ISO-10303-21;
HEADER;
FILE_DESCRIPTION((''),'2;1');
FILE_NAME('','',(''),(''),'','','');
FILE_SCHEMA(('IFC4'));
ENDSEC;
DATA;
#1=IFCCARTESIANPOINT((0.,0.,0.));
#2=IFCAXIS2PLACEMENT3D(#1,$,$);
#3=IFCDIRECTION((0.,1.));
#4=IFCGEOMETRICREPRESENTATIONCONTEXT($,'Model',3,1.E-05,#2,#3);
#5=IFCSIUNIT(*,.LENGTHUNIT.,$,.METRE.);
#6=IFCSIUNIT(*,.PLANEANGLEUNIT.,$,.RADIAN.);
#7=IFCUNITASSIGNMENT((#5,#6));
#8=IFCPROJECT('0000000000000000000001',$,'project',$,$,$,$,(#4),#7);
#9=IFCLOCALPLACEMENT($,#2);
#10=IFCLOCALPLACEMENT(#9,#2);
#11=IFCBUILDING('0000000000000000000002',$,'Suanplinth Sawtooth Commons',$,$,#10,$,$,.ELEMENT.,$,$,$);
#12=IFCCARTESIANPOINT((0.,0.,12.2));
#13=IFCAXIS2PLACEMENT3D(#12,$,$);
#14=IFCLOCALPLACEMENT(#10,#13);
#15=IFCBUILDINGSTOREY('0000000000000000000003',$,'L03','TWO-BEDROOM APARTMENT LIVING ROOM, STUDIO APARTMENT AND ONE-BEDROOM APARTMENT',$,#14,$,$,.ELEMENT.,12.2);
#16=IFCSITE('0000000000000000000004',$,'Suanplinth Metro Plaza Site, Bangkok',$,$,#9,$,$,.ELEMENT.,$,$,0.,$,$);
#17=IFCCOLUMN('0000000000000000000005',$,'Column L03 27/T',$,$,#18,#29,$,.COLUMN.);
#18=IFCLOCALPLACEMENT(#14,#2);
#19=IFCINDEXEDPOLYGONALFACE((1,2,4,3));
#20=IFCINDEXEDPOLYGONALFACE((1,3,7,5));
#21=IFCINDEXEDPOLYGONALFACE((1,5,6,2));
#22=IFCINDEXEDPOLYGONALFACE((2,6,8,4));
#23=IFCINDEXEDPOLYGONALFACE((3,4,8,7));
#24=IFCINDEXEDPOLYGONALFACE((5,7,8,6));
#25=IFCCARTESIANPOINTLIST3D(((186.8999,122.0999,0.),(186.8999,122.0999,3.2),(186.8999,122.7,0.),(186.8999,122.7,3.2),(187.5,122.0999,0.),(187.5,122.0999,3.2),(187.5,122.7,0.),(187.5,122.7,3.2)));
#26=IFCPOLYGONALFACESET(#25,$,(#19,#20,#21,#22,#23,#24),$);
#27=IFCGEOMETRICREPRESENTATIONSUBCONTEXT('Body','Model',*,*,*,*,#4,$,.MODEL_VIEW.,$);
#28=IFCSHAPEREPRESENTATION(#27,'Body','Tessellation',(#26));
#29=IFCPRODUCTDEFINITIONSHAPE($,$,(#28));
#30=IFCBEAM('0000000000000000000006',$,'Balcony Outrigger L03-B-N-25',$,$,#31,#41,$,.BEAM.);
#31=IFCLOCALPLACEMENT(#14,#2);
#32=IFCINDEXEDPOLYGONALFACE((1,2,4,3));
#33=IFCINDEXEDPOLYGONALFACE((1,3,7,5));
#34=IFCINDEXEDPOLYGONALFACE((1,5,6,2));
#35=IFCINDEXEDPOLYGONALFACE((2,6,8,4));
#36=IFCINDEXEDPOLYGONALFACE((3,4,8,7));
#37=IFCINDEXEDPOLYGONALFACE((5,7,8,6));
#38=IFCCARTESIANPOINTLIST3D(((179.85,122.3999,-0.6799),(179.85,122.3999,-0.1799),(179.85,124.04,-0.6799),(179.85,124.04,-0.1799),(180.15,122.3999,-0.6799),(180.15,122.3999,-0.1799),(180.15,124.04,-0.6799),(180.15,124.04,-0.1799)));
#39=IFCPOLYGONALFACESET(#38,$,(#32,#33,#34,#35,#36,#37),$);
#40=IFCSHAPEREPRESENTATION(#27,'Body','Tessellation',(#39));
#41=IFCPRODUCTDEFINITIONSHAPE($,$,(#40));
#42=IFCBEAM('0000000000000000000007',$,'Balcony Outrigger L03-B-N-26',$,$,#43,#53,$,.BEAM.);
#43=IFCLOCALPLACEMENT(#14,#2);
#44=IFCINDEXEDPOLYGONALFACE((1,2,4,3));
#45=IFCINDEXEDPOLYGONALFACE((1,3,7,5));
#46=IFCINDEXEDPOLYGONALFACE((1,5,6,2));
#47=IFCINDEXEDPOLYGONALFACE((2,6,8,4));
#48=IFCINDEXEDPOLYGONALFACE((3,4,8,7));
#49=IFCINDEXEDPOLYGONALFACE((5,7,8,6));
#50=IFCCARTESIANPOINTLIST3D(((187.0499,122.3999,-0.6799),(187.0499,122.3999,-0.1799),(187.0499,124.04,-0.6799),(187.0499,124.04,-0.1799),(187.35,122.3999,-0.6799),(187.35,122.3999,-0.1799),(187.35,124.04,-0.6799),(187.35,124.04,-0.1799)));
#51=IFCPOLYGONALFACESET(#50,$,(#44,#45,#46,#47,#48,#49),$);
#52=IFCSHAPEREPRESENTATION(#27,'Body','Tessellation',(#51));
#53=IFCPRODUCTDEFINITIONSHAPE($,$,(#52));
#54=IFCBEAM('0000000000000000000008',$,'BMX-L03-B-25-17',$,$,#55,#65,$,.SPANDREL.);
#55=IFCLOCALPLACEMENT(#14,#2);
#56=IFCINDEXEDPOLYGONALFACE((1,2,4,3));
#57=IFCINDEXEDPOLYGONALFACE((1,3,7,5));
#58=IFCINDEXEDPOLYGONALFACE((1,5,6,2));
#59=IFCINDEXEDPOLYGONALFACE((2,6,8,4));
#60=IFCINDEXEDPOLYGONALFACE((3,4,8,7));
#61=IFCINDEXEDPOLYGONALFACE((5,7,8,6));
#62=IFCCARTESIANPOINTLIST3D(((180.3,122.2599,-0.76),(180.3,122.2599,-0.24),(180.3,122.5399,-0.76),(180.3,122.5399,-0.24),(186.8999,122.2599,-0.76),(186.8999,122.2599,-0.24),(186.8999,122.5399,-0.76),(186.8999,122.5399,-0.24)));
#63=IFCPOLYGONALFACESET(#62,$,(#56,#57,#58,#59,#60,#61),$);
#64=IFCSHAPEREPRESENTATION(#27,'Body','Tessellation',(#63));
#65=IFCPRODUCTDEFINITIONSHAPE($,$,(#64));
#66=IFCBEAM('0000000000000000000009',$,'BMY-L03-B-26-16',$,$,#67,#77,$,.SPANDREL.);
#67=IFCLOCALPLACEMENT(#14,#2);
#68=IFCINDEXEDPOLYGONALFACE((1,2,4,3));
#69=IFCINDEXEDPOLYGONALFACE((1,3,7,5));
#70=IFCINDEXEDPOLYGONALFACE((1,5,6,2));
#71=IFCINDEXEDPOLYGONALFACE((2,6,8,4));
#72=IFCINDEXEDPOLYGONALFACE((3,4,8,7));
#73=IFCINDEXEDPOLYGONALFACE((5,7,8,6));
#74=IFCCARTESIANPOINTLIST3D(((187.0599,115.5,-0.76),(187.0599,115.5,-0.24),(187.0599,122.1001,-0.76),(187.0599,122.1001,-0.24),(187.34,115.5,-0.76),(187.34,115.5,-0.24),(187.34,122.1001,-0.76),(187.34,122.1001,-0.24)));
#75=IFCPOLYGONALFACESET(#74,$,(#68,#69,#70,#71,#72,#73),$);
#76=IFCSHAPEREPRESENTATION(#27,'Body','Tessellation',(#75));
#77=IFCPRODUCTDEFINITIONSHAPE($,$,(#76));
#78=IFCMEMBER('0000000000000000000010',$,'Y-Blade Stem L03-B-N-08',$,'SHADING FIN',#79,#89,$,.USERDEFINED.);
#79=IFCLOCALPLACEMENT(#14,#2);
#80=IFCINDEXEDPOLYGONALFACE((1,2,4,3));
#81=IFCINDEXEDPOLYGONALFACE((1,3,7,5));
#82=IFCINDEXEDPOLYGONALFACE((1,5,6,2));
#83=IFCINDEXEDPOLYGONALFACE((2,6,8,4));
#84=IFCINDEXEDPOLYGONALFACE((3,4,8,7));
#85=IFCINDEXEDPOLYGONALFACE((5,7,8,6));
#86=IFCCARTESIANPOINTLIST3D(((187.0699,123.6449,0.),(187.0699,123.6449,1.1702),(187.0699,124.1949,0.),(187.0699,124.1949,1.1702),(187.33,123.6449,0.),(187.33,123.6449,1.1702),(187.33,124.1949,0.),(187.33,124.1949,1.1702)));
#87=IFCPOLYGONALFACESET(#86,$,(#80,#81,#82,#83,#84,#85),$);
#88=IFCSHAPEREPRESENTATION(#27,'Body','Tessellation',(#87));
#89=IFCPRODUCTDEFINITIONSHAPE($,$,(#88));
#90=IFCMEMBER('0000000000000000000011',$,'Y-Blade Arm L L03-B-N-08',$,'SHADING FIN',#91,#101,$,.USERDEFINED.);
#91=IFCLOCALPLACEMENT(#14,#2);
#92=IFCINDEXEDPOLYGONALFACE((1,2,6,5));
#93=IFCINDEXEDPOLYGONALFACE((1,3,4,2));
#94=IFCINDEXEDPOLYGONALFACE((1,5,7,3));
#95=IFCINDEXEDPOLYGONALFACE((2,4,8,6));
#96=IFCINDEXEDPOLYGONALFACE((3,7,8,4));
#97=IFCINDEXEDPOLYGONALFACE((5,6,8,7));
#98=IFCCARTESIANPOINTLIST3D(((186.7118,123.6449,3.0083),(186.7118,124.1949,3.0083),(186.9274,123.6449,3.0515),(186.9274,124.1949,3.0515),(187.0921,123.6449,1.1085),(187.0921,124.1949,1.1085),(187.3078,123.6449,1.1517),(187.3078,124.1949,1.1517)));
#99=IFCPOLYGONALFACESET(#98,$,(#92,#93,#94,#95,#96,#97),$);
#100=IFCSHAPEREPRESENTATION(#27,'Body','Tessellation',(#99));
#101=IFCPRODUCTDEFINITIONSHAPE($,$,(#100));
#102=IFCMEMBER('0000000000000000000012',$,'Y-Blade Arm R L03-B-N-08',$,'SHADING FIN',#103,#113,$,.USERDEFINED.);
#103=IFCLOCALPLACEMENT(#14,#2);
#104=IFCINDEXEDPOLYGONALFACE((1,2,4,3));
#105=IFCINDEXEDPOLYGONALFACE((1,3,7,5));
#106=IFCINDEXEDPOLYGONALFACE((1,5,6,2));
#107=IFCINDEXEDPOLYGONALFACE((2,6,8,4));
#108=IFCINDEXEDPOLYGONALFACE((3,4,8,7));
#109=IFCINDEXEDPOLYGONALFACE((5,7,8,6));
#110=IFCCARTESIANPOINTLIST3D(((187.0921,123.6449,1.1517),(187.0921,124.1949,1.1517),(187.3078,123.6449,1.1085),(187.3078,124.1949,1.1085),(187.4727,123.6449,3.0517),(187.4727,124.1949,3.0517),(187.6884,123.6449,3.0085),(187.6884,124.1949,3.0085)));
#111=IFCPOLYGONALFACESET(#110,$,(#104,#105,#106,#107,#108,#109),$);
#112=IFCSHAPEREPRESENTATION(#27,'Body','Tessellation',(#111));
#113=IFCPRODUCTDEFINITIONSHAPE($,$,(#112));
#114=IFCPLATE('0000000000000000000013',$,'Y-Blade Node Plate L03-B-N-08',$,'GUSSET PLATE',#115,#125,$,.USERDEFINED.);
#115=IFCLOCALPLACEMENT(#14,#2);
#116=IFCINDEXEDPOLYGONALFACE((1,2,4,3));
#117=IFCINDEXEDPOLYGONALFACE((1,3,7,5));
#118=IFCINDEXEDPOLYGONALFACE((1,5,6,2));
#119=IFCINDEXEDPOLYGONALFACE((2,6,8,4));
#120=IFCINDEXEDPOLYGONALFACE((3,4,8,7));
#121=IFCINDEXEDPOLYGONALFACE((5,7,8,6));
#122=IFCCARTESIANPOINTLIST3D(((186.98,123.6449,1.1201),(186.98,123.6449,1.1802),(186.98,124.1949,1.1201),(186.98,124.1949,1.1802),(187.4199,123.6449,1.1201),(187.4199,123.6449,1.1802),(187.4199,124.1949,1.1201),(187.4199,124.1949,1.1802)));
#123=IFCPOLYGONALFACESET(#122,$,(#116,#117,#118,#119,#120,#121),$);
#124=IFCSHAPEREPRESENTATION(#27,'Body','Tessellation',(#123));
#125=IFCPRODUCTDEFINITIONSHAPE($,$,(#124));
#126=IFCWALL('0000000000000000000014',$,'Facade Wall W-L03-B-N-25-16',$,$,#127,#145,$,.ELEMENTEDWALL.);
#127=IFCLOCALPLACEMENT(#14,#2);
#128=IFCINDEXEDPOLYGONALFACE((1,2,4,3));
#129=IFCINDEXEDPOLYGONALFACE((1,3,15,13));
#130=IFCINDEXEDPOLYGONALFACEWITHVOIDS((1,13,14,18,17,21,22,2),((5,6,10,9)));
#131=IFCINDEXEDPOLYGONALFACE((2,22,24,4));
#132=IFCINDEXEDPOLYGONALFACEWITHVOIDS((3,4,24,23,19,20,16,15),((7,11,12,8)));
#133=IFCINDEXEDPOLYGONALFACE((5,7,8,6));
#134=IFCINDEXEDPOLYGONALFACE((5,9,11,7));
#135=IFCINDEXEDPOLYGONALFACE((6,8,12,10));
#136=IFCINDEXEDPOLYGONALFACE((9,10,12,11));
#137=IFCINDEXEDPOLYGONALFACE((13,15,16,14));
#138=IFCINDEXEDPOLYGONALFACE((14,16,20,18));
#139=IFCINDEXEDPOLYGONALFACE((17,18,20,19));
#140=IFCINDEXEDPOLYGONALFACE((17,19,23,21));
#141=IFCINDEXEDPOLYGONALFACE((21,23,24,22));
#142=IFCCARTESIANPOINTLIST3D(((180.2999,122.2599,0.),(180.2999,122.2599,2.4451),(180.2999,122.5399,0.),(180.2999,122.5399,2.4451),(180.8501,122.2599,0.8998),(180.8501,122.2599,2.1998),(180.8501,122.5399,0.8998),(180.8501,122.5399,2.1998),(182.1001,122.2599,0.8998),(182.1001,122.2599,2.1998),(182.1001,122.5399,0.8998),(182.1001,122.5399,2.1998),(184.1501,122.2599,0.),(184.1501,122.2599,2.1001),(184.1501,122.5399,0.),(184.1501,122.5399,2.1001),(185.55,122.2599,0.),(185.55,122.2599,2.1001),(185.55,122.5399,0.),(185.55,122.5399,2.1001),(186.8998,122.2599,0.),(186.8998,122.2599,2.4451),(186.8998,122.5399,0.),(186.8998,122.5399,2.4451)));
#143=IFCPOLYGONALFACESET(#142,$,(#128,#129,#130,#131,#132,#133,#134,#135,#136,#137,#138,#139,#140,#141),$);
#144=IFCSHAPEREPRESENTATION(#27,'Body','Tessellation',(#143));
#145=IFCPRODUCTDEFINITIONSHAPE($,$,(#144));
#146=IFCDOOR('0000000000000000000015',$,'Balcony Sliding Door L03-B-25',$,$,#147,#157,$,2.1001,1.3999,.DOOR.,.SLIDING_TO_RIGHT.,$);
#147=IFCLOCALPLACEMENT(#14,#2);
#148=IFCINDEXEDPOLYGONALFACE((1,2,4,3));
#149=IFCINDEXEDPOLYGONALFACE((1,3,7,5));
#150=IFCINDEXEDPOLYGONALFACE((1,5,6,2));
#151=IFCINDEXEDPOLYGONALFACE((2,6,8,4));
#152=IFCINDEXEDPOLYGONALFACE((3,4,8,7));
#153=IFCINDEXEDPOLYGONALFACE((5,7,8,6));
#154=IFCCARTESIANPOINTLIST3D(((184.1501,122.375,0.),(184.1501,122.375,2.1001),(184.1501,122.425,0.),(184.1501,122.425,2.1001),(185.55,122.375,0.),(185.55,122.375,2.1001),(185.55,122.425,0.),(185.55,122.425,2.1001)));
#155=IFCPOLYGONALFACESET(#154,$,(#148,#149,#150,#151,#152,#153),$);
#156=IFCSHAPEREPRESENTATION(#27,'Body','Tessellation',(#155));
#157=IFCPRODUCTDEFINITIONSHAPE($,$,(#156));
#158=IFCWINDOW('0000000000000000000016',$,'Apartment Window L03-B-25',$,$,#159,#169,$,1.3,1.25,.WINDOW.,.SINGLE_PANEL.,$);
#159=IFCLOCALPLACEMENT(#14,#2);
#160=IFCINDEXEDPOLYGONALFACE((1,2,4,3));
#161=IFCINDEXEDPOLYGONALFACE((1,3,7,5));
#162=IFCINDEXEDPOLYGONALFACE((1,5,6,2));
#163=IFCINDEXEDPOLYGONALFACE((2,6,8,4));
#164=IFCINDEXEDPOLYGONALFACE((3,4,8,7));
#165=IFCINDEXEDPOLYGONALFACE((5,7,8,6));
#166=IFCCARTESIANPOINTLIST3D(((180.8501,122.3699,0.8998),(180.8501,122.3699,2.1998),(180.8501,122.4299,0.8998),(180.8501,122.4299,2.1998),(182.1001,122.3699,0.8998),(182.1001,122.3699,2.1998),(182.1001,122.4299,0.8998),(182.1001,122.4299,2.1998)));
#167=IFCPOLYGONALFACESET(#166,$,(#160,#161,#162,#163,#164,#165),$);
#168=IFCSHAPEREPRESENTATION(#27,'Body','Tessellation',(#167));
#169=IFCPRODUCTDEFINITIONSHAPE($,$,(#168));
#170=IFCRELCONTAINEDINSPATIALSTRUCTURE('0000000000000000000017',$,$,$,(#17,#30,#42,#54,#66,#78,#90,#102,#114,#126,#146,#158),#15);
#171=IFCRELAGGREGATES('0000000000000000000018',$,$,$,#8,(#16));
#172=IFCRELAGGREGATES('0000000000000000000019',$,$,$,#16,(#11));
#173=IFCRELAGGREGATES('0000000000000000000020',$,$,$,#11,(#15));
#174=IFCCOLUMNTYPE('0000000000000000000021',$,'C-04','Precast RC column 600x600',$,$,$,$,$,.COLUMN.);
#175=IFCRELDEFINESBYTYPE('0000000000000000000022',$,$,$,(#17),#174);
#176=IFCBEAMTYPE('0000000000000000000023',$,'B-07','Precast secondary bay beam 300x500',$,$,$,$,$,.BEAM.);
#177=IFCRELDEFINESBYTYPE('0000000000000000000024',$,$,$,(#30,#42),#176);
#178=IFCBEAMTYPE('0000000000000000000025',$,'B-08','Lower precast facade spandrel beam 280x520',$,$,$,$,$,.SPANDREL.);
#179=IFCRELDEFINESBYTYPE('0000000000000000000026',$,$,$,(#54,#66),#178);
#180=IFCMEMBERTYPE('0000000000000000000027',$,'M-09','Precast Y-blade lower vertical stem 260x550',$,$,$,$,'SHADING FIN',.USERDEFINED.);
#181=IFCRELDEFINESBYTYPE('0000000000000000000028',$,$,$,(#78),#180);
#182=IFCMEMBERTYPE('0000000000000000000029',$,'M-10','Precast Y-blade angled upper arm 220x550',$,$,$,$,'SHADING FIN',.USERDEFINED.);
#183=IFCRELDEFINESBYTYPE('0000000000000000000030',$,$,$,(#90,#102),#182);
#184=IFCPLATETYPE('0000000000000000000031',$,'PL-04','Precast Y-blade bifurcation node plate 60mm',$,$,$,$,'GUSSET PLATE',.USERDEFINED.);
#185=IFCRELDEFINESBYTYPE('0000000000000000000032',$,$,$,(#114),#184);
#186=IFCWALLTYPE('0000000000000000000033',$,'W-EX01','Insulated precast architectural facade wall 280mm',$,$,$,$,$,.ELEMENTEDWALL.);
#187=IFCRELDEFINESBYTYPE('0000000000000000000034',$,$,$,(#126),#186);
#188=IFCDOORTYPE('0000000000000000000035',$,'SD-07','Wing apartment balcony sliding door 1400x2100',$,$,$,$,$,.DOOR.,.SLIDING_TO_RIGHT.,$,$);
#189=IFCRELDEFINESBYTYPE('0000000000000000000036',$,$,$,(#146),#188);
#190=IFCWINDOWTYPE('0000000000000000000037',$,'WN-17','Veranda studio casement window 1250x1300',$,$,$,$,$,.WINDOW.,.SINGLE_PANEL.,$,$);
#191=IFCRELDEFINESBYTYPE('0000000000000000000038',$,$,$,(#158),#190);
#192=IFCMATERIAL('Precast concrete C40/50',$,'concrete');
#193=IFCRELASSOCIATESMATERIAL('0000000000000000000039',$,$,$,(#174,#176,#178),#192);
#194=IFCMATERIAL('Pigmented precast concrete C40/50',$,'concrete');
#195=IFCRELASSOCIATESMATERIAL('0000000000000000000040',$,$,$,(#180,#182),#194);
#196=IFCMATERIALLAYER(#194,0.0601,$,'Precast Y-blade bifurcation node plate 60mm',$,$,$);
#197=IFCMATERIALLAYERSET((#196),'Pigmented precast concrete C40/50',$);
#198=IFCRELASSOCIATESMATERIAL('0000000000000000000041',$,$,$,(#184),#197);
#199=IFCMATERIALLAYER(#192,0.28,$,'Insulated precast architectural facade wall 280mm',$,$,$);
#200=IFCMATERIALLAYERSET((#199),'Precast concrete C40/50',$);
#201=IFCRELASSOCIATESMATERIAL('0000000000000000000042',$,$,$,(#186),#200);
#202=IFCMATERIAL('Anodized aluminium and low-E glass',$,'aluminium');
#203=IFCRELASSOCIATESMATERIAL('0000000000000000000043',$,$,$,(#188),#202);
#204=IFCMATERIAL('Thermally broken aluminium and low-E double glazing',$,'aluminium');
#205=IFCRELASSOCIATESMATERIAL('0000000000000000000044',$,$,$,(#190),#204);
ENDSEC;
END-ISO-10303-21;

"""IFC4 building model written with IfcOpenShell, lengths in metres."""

from ifc_helpers import new_model, si_unit, direction, frame, frame_2d, origin, origin_2d, place, context, subcontext, project, spatial, rectangle, extrude, material, layer, layer_set, material_profile, profile_set, type_object, element, fill, save


model = new_model("IFC4")

# Units and contexts
model_context = context("Model", 3, precision=1e-05, world=origin(), true_north=direction((0.0, 1.0)))
body_context = subcontext(model_context, "Body", "Model", "MODEL_VIEW")
ifc_project = project(units=[si_unit("LENGTHUNIT", "METRE"), si_unit("PLANEANGLEUNIT", "RADIAN")], contexts=[model_context])

# Site, building, storey
site_placement = place(None, origin())
site = spatial("IfcSite", under=ifc_project, at=site_placement, Name="Suanplinth Metro Plaza Site, Bangkok", CompositionType="ELEMENT", RefElevation=0.0)
building_placement = place(site_placement, origin())
building = spatial("IfcBuilding", under=site, at=building_placement, Name="Suanplinth Sawtooth Commons", CompositionType="ELEMENT")
storey_placement = place(building_placement, frame((0.0, 0.0, 12.2)))
storey = spatial("IfcBuildingStorey", under=building, at=storey_placement, Name="L03", Description="TWO-BEDROOM APARTMENT LIVING ROOM, STUDIO APARTMENT AND ONE-BEDROOM APARTMENT", CompositionType="ELEMENT", Elevation=12.2)

# Column
ifc_material_1 = material(Name="Precast concrete C40/50", Category="concrete")
ifc_material_profile_1 = material_profile(ifc_material_1, rectangle(XDim=0.6001, YDim=0.6001, at=origin_2d()), Name="PC-COL 600x600")
ifc_profile_set_1 = profile_set([ifc_material_profile_1], Name="Precast concrete C40/50")
column_type = type_object("IfcColumnType", Name="C-04", Description="Precast RC column 600x600", PredefinedType="COLUMN", material=ifc_profile_set_1)
column_placement = place(storey_placement, frame((187.2, 122.3999, 0.0), z_axis=(0.0, 0.0, 1.0), x_axis=(1.0, 0.0, 0.0)))
element("IfcColumn", 1, at=column_placement, inside=storey, type_object=column_type, Name="Column L03 27/T", PredefinedType="COLUMN", context=body_context, shape_type="SweptSolid", body=[
    extrude(rectangle(XDim=0.6001, YDim=0.6001, at=origin_2d()), origin(), (0.0, 0.0, 1.0), 3.2),
])

# Beams
ifc_material_profile_2 = material_profile(ifc_material_1, rectangle(XDim=0.3, YDim=0.5, at=origin_2d()), Name="PC-BM 300x500")
ifc_profile_set_2 = profile_set([ifc_material_profile_2], Name="Precast concrete C40/50")
beam_type_1 = type_object("IfcBeamType", Name="B-07", Description="Precast secondary bay beam 300x500", PredefinedType="BEAM", material=ifc_profile_set_2)
for number, where, z_axis, x_axis, name in (
    (2, (180.0, 122.3999, -0.4299), (0.0, 1.0, 0.0), (-1.0, 0.0, 0.0), "Balcony Outrigger L03-B-N-25"),
    (3, (187.2, 122.3999, -0.4299), (0.0, 1.0, 0.0), (-1.0, 0.0, 0.0), "Balcony Outrigger L03-B-N-26"),
):
    element("IfcBeam", number, at=place(storey_placement, frame(where, z_axis=z_axis, x_axis=x_axis)), inside=storey, type_object=beam_type_1, Name=name, PredefinedType="BEAM", context=body_context, shape_type="SweptSolid", body=[
        extrude(rectangle(XDim=0.3, YDim=0.5, at=origin_2d()), origin(), (0.0, 0.0, 1.0), 1.6401),
    ])
ifc_material_profile_3 = material_profile(ifc_material_1, rectangle(XDim=0.28, YDim=0.52, at=origin_2d()), Name="PC-SP 280x520")
ifc_profile_set_3 = profile_set([ifc_material_profile_3], Name="Precast concrete C40/50")
beam_type_2 = type_object("IfcBeamType", Name="B-08", Description="Lower precast facade spandrel beam 280x520", PredefinedType="SPANDREL", material=ifc_profile_set_3)
beam_1_placement = place(storey_placement, frame((180.3, 122.3999, -0.5), z_axis=(1.0, 0.0, 0.0), x_axis=(0.0, 1.0, 0.0)))
element("IfcBeam", 4, at=beam_1_placement, inside=storey, type_object=beam_type_2, Name="BMX-L03-B-25-17", PredefinedType="SPANDREL", context=body_context, shape_type="SweptSolid", body=[
    extrude(rectangle(XDim=0.28, YDim=0.52, at=origin_2d()), origin(), (0.0, 0.0, 1.0), 6.5999),
])
beam_2_placement = place(storey_placement, frame((187.2, 115.5, -0.5), z_axis=(0.0, 1.0, 0.0), x_axis=(-1.0, 0.0, 0.0)))
element("IfcBeam", 5, at=beam_2_placement, inside=storey, type_object=beam_type_2, Name="BMY-L03-B-26-16", PredefinedType="SPANDREL", context=body_context, shape_type="SweptSolid", body=[
    extrude(rectangle(XDim=0.28, YDim=0.52, at=origin_2d()), origin(), (0.0, 0.0, 1.0), 6.6001),
])

# Members
ifc_material_2 = material(Name="Pigmented precast concrete C40/50", Category="concrete")
ifc_material_profile_4 = material_profile(ifc_material_2, rectangle(XDim=0.26, YDim=0.55, at=origin_2d()), Name="PC-FIN 260x550")
ifc_profile_set_4 = profile_set([ifc_material_profile_4], Name="Pigmented precast concrete C40/50")
member_type_1 = type_object("IfcMemberType", Name="M-09", Description="Precast Y-blade lower vertical stem 260x550", ElementType="SHADING FIN", PredefinedType="USERDEFINED", material=ifc_profile_set_4)
member_1_placement = place(storey_placement, frame((187.2, 123.9199, 0.0), z_axis=(0.0, 0.0, 1.0), x_axis=(1.0, 0.0, 0.0)))
element("IfcMember", 6, at=member_1_placement, inside=storey, type_object=member_type_1, Name="Y-Blade Stem L03-B-N-08", ObjectType="SHADING FIN", PredefinedType="USERDEFINED", context=body_context, shape_type="SweptSolid", body=[
    extrude(rectangle(XDim=0.26, YDim=0.55, at=origin_2d()), origin(), (0.0, 0.0, 1.0), 1.1702),
])
ifc_material_profile_5 = material_profile(ifc_material_2, rectangle(XDim=0.22, YDim=0.55, at=origin_2d()), Name="PC-FIN 220x550")
ifc_profile_set_5 = profile_set([ifc_material_profile_5], Name="Pigmented precast concrete C40/50")
member_type_2 = type_object("IfcMemberType", Name="M-10", Description="Precast Y-blade angled upper arm 220x550", ElementType="SHADING FIN", PredefinedType="USERDEFINED", material=ifc_profile_set_5)
member_2_placement = place(storey_placement, frame((187.2, 123.9199, 1.1301), z_axis=(-0.19631, 0.0, 0.980542), x_axis=(0.980542, 0.0, 0.19631)))
element("IfcMember", 7, at=member_2_placement, inside=storey, type_object=member_type_2, Name="Y-Blade Arm L L03-B-N-08", ObjectType="SHADING FIN", PredefinedType="USERDEFINED", context=body_context, shape_type="SweptSolid", body=[
    extrude(rectangle(XDim=0.22, YDim=0.55, at=origin_2d()), origin(), (0.0, 0.0, 1.0), 1.9375),
])
member_3_placement = place(storey_placement, frame((187.2, 123.9199, 1.1301), z_axis=(0.196431, 0.0, 0.980518), x_axis=(-0.980518, 0.0, 0.196431)))
element("IfcMember", 8, at=member_3_placement, inside=storey, type_object=member_type_2, Name="Y-Blade Arm R L03-B-N-08", ObjectType="SHADING FIN", PredefinedType="USERDEFINED", context=body_context, shape_type="SweptSolid", body=[
    extrude(rectangle(XDim=0.22, YDim=0.55, at=origin_2d()), origin(), (0.0, 0.0, 1.0), 1.9377),
])

# Plate
ifc_layer_1 = layer(ifc_material_2, 0.0601, Name="Precast Y-blade bifurcation node plate 60mm")
ifc_layer_set_1 = layer_set([ifc_layer_1], Name="Pigmented precast concrete C40/50")
plate_type = type_object("IfcPlateType", Name="PL-04", Description="Precast Y-blade bifurcation node plate 60mm", ElementType="GUSSET PLATE", PredefinedType="USERDEFINED", material=ifc_layer_set_1)
plate_placement = place(storey_placement, frame((187.2, 123.9199, 1.1201), z_axis=(0.0, 0.0, 1.0), x_axis=(1.0, 0.0, 0.0)))
element("IfcPlate", 9, at=plate_placement, inside=storey, type_object=plate_type, Name="Y-Blade Node Plate L03-B-N-08", ObjectType="GUSSET PLATE", PredefinedType="USERDEFINED", context=body_context, shape_type="SweptSolid", body=[
    extrude(rectangle(XDim=0.4399, YDim=0.55, at=origin_2d()), origin(), (0.0, 0.0, 1.0), 0.0601),
])

# Wall, openings, door, window
ifc_layer_2 = layer(ifc_material_1, 0.28, Name="Insulated precast architectural facade wall 280mm")
ifc_layer_set_2 = layer_set([ifc_layer_2], Name="Precast concrete C40/50")
wall_type_1 = type_object("IfcWallType", Name="W-EX01", Description="Insulated precast architectural facade wall 280mm", PredefinedType="ELEMENTEDWALL", material=ifc_layer_set_2)
wall_1_placement = place(storey_placement, frame((180.3, 122.3999, 0.0), z_axis=(0.0, 0.0, 1.0), x_axis=(1.0, 0.0, 0.0)))
wall_1 = element("IfcWall", 10, at=wall_1_placement, inside=storey, type_object=wall_type_1, Name="Facade Wall W-L03-B-N-25-16", PredefinedType="ELEMENTEDWALL", context=body_context, shape_type="SweptSolid", body=[
    extrude(rectangle(XDim=6.5999, YDim=0.28, at=frame_2d((3.2998, 0.0))), origin(), (0.0, 0.0, 1.0), 2.4451),
])
opening_1_placement = place(wall_1_placement, frame((3.8501, 0.0, 0.0)))
opening_1 = element("IfcOpeningElement", 11, at=opening_1_placement, cuts=wall_1, PredefinedType="OPENING", context=body_context, shape_type="SweptSolid", body=[
    extrude(rectangle(XDim=1.3999, YDim=2.1001, at=frame_2d((0.7, 1.05))), frame((0.0, 0.1548, 0.0), z_axis=(0.0, -1.0, 0.0), x_axis=(1.0, 0.0, 0.0)), (0.0, 0.0, 1.0), 0.3098),
])
opening_2_placement = place(wall_1_placement, frame((0.55, 0.0, 0.8999)))
opening_2 = element("IfcOpeningElement", 12, at=opening_2_placement, cuts=wall_1, PredefinedType="OPENING", context=body_context, shape_type="SweptSolid", body=[
    extrude(rectangle(XDim=1.25, YDim=1.3, at=frame_2d((0.625, 0.6499))), frame((0.0, 0.1548, 0.0), z_axis=(0.0, -1.0, 0.0), x_axis=(1.0, 0.0, 0.0)), (0.0, 0.0, 1.0), 0.3098),
])
ifc_material_3 = material(Name="Anodized aluminium and low-E glass", Category="aluminium")
door_type_1 = type_object("IfcDoorType", Name="SD-07", Description="Wing apartment balcony sliding door 1400x2100", OperationType="SLIDING_TO_RIGHT", PredefinedType="DOOR", material=ifc_material_3)
door_1_placement = place(opening_1_placement, frame((1.3999, 0.0, 0.0), z_axis=(0.0, 0.0, 1.0), x_axis=(-1.0, 0.0, 0.0)))
door_1 = element("IfcDoor", 13, at=door_1_placement, inside=storey, type_object=door_type_1, Name="Balcony Sliding Door L03-B-25", OperationType="SLIDING_TO_RIGHT", OverallHeight=2.1001, OverallWidth=1.3999, PredefinedType="DOOR", context=body_context, shape_type="SweptSolid", body=[
    extrude(rectangle(XDim=1.3999, YDim=2.1001, at=frame_2d((0.7, 1.05))), frame((0.0, 0.0249, 0.0), z_axis=(0.0, -1.0, 0.0), x_axis=(1.0, 0.0, 0.0)), (0.0, 0.0, 1.0), 0.05),
])
fill(opening_1, door_1)
ifc_material_4 = material(Name="Thermally broken aluminium and low-E double glazing", Category="aluminium")
window_type_1 = type_object("IfcWindowType", Name="WN-17", Description="Veranda studio casement window 1250x1300", PartitioningType="SINGLE_PANEL", PredefinedType="WINDOW", material=ifc_material_4)
window_1_placement = place(opening_2_placement, origin())
window_1 = element("IfcWindow", 14, at=window_1_placement, inside=storey, type_object=window_type_1, Name="Apartment Window L03-B-25", OverallHeight=1.3, OverallWidth=1.25, PartitioningType="SINGLE_PANEL", PredefinedType="WINDOW", context=body_context, shape_type="SweptSolid", body=[
    extrude(rectangle(XDim=1.25, YDim=1.3, at=frame_2d((0.625, 0.6499))), frame((0.0, 0.03, 0.0), z_axis=(0.0, -1.0, 0.0), x_axis=(1.0, 0.0, 0.0)), (0.0, 0.0, 1.0), 0.0601),
])
fill(opening_2, window_1)

save(model, "model.ifc")
